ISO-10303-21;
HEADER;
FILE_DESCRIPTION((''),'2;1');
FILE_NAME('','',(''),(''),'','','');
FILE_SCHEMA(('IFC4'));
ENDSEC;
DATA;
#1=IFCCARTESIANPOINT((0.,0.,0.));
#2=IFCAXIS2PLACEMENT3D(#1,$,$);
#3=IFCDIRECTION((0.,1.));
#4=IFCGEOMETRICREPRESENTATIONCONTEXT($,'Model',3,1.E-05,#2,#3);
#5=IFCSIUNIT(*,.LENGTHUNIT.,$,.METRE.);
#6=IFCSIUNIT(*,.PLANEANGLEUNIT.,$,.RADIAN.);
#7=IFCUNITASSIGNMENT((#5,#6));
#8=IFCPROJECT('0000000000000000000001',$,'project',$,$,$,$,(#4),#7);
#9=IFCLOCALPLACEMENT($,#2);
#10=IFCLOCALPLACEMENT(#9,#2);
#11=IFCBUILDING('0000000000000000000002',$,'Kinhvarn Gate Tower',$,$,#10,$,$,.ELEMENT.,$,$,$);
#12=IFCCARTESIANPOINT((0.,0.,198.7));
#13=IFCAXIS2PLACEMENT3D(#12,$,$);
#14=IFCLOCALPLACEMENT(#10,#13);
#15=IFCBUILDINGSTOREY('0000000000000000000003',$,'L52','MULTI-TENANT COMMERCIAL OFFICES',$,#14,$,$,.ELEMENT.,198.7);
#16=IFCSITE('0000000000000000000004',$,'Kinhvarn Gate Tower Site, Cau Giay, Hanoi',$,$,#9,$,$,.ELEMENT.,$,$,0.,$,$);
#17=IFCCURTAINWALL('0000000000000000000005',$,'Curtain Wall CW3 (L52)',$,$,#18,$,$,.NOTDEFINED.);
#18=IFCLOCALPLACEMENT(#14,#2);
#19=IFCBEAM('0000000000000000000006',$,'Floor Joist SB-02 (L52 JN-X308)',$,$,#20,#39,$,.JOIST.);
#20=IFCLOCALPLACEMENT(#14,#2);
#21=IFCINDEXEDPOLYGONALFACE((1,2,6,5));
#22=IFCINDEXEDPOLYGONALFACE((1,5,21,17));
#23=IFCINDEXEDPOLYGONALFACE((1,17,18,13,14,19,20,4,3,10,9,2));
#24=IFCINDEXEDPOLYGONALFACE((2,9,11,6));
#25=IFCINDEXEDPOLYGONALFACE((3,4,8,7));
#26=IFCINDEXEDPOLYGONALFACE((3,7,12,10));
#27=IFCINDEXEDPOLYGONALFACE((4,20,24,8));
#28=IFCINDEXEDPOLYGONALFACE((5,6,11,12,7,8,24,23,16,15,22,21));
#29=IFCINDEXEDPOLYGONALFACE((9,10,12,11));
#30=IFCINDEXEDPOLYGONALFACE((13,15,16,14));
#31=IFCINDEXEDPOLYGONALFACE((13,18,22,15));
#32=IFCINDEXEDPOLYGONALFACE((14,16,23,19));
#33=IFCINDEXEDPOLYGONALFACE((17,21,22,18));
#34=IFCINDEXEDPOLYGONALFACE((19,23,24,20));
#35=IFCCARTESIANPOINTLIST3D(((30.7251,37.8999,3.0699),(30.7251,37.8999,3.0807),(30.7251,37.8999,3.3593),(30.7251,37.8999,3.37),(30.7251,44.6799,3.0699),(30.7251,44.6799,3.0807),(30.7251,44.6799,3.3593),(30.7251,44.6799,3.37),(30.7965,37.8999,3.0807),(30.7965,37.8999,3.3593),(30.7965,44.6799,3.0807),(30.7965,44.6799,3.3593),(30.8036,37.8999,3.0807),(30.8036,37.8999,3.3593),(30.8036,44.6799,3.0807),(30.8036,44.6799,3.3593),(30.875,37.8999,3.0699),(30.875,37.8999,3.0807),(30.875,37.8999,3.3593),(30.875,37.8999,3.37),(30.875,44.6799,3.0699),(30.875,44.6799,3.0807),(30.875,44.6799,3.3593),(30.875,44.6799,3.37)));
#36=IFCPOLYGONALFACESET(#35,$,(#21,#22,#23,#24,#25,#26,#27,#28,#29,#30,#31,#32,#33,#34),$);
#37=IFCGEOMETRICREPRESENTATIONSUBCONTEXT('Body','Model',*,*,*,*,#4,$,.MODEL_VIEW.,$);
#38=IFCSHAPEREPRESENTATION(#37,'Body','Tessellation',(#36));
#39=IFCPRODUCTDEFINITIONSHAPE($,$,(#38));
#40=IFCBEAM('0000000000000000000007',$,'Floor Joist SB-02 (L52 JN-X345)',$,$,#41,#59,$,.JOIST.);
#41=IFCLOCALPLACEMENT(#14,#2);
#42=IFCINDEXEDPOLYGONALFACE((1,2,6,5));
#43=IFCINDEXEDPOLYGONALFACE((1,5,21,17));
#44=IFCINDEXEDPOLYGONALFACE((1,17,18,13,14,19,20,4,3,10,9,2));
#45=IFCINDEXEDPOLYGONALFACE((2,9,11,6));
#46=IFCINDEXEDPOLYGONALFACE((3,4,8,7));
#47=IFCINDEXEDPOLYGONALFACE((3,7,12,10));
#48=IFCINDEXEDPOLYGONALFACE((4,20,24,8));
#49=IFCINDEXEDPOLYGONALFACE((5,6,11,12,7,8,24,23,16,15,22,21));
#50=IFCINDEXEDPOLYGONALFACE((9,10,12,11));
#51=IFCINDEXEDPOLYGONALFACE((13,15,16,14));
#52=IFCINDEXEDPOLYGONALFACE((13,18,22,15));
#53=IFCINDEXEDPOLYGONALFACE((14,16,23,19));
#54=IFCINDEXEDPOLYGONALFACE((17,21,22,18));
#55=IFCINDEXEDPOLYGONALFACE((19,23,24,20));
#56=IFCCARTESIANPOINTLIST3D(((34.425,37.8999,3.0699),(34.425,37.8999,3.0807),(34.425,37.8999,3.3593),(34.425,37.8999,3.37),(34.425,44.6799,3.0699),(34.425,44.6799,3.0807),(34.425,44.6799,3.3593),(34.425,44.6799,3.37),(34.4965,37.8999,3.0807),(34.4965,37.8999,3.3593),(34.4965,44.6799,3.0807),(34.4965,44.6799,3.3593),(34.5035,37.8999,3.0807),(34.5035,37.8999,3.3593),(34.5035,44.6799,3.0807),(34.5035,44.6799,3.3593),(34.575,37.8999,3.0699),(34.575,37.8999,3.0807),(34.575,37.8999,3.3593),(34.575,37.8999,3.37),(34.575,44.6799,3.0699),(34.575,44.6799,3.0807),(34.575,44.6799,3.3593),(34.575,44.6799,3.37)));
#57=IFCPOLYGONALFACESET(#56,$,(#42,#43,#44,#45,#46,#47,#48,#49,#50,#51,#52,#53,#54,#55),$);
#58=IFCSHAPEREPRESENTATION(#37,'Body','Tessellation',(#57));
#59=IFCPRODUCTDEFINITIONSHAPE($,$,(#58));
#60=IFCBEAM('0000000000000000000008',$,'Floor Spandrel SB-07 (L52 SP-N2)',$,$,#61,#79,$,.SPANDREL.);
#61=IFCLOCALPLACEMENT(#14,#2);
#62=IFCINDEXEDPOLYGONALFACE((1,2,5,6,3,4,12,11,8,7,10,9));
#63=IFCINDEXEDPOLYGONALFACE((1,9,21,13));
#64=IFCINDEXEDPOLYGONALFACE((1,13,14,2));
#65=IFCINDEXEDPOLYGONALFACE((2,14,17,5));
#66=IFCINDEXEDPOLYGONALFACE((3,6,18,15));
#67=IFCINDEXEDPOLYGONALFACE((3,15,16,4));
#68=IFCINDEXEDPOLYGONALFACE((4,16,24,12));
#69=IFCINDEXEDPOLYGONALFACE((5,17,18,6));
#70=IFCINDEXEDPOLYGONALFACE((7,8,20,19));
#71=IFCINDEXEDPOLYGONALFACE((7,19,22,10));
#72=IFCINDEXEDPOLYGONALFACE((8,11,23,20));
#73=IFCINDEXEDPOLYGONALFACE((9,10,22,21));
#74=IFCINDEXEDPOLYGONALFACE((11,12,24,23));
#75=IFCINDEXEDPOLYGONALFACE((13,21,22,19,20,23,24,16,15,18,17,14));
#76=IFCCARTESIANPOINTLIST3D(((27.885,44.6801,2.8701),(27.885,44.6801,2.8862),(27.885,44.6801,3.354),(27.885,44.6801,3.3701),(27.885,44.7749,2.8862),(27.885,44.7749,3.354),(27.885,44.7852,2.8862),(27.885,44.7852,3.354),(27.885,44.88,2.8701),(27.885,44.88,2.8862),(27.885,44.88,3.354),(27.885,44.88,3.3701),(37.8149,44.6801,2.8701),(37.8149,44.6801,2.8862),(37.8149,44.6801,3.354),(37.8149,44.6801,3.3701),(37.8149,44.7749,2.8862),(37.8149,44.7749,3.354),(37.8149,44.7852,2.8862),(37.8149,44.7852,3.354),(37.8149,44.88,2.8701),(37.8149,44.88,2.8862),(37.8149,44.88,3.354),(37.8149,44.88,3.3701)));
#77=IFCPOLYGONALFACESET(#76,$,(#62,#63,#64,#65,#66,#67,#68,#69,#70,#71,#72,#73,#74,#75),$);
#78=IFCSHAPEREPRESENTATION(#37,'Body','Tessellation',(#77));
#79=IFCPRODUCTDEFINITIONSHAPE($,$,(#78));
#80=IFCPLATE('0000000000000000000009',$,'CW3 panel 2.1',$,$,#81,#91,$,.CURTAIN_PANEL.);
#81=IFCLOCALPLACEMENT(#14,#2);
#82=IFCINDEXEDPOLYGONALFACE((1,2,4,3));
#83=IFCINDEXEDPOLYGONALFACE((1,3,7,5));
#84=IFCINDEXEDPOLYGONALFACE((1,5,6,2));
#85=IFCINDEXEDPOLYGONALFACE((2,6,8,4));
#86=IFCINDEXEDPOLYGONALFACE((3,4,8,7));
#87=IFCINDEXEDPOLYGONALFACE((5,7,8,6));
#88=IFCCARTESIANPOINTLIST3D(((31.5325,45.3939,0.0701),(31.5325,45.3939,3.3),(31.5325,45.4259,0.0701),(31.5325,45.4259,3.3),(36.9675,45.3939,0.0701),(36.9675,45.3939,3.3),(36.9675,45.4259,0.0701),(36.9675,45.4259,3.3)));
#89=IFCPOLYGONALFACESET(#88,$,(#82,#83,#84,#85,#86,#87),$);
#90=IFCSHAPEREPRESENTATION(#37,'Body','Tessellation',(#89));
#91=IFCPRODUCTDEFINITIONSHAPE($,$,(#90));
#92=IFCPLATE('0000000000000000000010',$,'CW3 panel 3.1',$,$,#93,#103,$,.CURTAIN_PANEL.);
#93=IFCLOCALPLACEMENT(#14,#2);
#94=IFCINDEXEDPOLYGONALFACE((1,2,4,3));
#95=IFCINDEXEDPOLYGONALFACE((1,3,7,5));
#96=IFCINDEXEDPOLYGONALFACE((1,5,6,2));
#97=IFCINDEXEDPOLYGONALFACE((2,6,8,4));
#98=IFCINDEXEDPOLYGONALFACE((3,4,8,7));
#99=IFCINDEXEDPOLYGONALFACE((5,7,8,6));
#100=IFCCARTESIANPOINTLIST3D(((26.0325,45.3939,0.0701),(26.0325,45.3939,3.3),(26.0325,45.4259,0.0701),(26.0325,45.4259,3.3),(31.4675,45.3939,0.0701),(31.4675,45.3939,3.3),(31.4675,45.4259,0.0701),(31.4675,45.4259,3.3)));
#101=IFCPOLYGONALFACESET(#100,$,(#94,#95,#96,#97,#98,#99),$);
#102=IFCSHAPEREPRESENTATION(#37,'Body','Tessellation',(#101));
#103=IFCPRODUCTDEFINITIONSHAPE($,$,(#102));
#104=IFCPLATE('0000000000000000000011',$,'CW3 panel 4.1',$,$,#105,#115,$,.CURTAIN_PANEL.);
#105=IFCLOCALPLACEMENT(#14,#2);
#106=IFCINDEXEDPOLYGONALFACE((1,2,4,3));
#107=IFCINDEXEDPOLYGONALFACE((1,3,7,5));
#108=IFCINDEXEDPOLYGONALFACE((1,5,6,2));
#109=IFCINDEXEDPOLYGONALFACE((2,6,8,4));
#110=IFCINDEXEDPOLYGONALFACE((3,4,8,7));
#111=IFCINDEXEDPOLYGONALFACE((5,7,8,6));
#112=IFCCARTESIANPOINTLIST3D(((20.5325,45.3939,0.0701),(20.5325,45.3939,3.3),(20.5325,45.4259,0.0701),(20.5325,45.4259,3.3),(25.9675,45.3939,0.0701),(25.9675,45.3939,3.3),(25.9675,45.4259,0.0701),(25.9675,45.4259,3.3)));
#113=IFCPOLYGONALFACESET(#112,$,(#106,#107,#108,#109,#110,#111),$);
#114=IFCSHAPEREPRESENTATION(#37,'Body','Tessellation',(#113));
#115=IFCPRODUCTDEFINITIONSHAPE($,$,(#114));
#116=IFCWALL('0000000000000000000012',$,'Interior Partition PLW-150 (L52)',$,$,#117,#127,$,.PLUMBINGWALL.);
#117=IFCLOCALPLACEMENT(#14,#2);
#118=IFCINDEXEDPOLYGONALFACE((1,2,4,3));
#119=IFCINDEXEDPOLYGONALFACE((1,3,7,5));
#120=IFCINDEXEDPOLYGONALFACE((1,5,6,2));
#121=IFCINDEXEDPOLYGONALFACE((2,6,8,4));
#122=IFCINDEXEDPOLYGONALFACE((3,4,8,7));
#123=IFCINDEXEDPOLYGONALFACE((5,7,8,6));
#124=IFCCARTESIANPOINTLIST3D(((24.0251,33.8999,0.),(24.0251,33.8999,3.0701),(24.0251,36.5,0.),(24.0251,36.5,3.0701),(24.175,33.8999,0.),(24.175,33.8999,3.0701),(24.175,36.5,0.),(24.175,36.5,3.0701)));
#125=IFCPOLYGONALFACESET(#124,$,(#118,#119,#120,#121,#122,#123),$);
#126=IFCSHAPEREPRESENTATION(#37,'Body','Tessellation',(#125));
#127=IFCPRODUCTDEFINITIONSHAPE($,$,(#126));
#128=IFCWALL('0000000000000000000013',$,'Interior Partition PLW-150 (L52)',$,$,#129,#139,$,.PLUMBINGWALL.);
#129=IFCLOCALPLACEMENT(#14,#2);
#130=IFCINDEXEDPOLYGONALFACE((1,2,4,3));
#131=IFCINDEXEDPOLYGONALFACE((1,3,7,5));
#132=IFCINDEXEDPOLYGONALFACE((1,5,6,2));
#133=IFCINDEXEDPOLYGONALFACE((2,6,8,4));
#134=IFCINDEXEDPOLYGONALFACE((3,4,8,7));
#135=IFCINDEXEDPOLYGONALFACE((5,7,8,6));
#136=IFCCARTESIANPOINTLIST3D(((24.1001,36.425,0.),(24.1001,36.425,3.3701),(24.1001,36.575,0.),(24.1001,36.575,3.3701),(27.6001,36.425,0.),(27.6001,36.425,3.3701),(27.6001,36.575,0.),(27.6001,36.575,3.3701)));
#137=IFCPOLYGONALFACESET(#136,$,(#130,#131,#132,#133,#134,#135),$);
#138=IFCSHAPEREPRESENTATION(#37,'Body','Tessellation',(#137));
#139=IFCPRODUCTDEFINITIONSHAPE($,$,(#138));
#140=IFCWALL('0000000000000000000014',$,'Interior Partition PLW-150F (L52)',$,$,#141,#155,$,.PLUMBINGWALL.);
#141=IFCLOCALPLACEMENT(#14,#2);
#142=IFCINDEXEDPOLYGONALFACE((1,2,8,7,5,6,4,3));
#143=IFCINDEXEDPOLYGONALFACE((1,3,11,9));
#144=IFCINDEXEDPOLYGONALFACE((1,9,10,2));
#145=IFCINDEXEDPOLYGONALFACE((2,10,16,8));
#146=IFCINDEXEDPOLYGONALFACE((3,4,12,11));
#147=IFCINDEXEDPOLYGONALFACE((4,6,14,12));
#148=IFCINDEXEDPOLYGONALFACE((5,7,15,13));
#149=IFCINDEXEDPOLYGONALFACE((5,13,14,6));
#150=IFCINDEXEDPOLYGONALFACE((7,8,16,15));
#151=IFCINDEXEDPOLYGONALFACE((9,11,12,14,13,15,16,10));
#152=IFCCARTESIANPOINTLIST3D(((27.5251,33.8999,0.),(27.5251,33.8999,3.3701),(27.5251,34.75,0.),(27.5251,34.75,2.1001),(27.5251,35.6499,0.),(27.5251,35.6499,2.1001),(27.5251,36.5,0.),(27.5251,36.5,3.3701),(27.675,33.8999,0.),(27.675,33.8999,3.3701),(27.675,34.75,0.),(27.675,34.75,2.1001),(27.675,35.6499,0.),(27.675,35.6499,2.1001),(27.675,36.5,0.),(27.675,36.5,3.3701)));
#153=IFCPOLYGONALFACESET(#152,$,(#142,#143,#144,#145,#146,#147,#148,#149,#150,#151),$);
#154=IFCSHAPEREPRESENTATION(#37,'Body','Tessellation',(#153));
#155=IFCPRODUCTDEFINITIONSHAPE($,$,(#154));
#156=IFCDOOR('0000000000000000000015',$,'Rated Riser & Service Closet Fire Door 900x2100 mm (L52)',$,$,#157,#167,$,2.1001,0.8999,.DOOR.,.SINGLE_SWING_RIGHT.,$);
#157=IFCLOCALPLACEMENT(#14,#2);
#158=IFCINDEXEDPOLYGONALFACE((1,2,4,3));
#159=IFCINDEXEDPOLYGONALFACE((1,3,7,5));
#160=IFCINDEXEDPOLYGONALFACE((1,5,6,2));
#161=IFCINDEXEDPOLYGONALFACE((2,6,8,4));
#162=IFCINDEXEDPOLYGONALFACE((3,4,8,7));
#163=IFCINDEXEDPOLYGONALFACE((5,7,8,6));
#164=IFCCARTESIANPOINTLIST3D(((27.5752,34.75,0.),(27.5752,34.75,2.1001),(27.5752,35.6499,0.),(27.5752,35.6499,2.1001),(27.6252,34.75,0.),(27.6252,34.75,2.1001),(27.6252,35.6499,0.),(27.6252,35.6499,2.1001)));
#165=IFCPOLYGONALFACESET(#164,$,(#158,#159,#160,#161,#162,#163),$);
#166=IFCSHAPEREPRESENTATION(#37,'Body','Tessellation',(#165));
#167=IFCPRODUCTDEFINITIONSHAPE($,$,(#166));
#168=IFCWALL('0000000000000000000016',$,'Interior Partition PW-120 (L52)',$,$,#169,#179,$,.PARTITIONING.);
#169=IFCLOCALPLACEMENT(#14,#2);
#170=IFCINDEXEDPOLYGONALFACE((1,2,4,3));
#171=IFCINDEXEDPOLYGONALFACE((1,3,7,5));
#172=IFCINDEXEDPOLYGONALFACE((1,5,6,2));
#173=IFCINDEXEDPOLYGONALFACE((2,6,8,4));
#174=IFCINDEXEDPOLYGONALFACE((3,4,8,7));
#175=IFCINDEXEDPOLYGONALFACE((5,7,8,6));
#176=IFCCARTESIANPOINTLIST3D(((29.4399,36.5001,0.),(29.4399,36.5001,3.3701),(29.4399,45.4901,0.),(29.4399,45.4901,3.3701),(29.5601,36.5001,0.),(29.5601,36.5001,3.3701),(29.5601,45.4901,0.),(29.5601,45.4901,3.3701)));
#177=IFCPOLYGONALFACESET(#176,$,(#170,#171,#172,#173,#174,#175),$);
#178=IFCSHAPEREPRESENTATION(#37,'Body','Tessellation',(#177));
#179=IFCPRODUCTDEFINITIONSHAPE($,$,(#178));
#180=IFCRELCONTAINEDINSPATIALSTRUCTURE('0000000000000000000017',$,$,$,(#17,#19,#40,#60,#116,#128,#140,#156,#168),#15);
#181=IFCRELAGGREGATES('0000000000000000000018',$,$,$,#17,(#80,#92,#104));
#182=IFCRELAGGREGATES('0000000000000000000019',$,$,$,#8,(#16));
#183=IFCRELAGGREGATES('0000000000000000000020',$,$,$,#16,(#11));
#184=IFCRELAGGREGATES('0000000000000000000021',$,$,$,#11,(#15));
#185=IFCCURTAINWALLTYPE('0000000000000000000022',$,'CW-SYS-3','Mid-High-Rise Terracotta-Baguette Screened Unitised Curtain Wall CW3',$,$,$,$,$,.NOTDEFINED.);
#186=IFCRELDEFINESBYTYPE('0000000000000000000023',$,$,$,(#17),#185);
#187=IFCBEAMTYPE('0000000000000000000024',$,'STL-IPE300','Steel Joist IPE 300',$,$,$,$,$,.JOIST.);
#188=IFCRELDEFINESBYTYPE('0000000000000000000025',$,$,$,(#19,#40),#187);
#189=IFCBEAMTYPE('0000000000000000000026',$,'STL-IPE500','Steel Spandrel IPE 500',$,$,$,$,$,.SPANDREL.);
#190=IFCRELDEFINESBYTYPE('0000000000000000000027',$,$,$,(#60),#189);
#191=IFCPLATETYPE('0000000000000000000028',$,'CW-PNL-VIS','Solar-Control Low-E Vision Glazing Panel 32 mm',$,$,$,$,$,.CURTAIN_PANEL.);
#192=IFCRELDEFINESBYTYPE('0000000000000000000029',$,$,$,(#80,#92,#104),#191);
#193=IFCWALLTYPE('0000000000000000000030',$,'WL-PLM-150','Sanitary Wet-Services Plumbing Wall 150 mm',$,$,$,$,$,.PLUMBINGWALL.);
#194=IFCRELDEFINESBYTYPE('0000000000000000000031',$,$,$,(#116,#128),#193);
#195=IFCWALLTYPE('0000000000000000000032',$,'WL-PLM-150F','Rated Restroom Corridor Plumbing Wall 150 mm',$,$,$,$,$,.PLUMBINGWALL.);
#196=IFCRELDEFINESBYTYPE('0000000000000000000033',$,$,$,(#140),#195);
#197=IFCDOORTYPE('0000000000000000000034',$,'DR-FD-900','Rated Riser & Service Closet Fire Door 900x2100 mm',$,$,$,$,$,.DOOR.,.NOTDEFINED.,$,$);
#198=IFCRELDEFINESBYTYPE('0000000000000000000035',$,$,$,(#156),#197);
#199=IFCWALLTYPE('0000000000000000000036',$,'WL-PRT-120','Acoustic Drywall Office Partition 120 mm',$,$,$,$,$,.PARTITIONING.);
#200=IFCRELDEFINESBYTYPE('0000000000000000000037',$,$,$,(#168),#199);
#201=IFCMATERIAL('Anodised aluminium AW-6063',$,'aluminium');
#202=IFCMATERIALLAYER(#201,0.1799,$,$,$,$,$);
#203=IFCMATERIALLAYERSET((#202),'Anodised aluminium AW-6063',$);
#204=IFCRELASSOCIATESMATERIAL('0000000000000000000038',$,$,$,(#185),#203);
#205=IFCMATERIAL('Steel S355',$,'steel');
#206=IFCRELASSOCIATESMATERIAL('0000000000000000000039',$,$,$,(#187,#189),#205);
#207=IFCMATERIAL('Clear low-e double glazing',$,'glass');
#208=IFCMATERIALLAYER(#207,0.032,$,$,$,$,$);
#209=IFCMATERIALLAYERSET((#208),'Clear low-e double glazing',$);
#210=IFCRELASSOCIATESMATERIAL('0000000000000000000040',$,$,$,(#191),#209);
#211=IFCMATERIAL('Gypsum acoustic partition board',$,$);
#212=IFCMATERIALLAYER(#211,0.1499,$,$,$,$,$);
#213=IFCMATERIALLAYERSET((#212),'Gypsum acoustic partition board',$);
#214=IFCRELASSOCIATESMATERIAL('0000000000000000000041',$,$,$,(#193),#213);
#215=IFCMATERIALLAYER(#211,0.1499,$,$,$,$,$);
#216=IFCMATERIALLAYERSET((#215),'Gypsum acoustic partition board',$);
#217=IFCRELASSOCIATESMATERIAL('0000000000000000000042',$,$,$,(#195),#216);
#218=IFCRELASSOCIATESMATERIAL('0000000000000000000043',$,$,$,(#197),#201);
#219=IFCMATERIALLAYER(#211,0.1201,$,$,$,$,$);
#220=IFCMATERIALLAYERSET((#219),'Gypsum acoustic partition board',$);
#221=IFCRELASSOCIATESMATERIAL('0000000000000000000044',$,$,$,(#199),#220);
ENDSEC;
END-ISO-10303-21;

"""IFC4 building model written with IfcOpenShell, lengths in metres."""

from ifc_helpers import new_model, si_unit, direction, frame, frame_2d, origin, origin_2d, place, context, subcontext, project, spatial, rectangle, i_section, extrude, material, layer, layer_set, material_profile, profile_set, type_object, element, fill, aggregate, save


model = new_model("IFC4")

# Units and contexts
model_context = context("Model", 3, precision=1e-05, world=origin(), true_north=direction((0.0, 1.0)))
body_context = subcontext(model_context, "Body", "Model", "MODEL_VIEW")
ifc_project = project(units=[si_unit("LENGTHUNIT", "METRE"), si_unit("PLANEANGLEUNIT", "RADIAN")], contexts=[model_context])

# Site, building, storey
site_placement = place(None, origin())
site = spatial("IfcSite", under=ifc_project, at=site_placement, Name="Kinhvarn Gate Tower Site, Cau Giay, Hanoi", CompositionType="ELEMENT", RefElevation=0.0)
building_placement = place(site_placement, origin())
building = spatial("IfcBuilding", under=site, at=building_placement, Name="Kinhvarn Gate Tower", CompositionType="ELEMENT")
storey_placement = place(building_placement, frame((0.0, 0.0, 198.7)))
storey = spatial("IfcBuildingStorey", under=building, at=storey_placement, Name="L52", Description="MULTI-TENANT COMMERCIAL OFFICES", CompositionType="ELEMENT", Elevation=198.7)

# Curtain wall
ifc_material_1 = material(Name="Anodised aluminium AW-6063", Category="aluminium")
ifc_layer_1 = layer(ifc_material_1, 0.1799)
ifc_layer_set_1 = layer_set([ifc_layer_1], Name="Anodised aluminium AW-6063")
curtain_wall_type = type_object("IfcCurtainWallType", Name="CW-SYS-3", Description="Mid-High-Rise Terracotta-Baguette Screened Unitised Curtain Wall CW3", PredefinedType="NOTDEFINED", material=ifc_layer_set_1)
curtain_wall_placement = place(storey_placement, origin())
curtain_wall = element("IfcCurtainWall", 1, at=curtain_wall_placement, inside=storey, type_object=curtain_wall_type, Name="Curtain Wall CW3 (L52)", PredefinedType="NOTDEFINED")

# Beams
ifc_material_2 = material(Name="Steel S355", Category="steel")
ifc_material_profile_1 = material_profile(ifc_material_2, i_section(OverallWidth=0.1499, OverallDepth=0.3, WebThickness=0.0071, FlangeThickness=0.0107, at=origin_2d()), Name="IPE 300")
ifc_profile_set_1 = profile_set([ifc_material_profile_1], Name="Steel S355")
beam_type_1 = type_object("IfcBeamType", Name="STL-IPE300", Description="Steel Joist IPE 300", PredefinedType="JOIST", material=ifc_profile_set_1)
for number, where, z_axis, x_axis, name in (
    (2, (30.8, 37.8999, 3.22), (0.0, 1.0, 0.0), (-1.0, 0.0, 0.0), "Floor Joist SB-02 (L52 JN-X308)"),
    (3, (34.5, 37.8999, 3.22), (0.0, 1.0, 0.0), (-1.0, 0.0, 0.0), "Floor Joist SB-02 (L52 JN-X345)"),
):
    element("IfcBeam", number, at=place(storey_placement, frame(where, z_axis=z_axis, x_axis=x_axis)), inside=storey, type_object=beam_type_1, Name=name, PredefinedType="JOIST", context=body_context, shape_type="SweptSolid", body=[
        extrude(i_section(OverallWidth=0.1499, OverallDepth=0.3, WebThickness=0.0071, FlangeThickness=0.0107, at=origin_2d()), origin(), (0.0, 0.0, 1.0), 6.78),
    ])
ifc_material_profile_2 = material_profile(ifc_material_2, i_section(OverallWidth=0.2, OverallDepth=0.5, WebThickness=0.0103, FlangeThickness=0.0161, at=origin_2d()), Name="IPE 500")
ifc_profile_set_2 = profile_set([ifc_material_profile_2], Name="Steel S355")
beam_type_2 = type_object("IfcBeamType", Name="STL-IPE500", Description="Steel Spandrel IPE 500", PredefinedType="SPANDREL", material=ifc_profile_set_2)
beam_1_placement = place(storey_placement, frame((27.885, 44.78, 3.1201), z_axis=(1.0, 0.0, 0.0), x_axis=(0.0, 1.0, 0.0)))
element("IfcBeam", 4, at=beam_1_placement, inside=storey, type_object=beam_type_2, Name="Floor Spandrel SB-07 (L52 SP-N2)", PredefinedType="SPANDREL", context=body_context, shape_type="SweptSolid", body=[
    extrude(i_section(OverallWidth=0.2, OverallDepth=0.5, WebThickness=0.0103, FlangeThickness=0.0161, at=origin_2d()), origin(), (0.0, 0.0, 1.0), 9.9299),
])

# Plates
ifc_material_3 = material(Name="Clear low-e double glazing", Category="glass")
ifc_layer_2 = layer(ifc_material_3, 0.032)
ifc_layer_set_2 = layer_set([ifc_layer_2], Name="Clear low-e double glazing")
plate_type = type_object("IfcPlateType", Name="CW-PNL-VIS", Description="Solar-Control Low-E Vision Glazing Panel 32 mm", PredefinedType="CURTAIN_PANEL", material=ifc_layer_set_2)
plate_1_placement = place(storey_placement, frame((34.25, 45.4099, 0.0701), z_axis=(0.0, 0.0, 1.0), x_axis=(-1.0, 0.0, 0.0)))
plate_1 = element("IfcPlate", 5, at=plate_1_placement, type_object=plate_type, Name="CW3 panel 2.1", PredefinedType="CURTAIN_PANEL", context=body_context, shape_type="SweptSolid", body=[
    extrude(rectangle(XDim=5.4351, YDim=0.032, at=origin_2d()), origin(), (0.0, 0.0, 1.0), 3.23),
])
plate_2_placement = place(storey_placement, frame((28.75, 45.4099, 0.0701), z_axis=(0.0, 0.0, 1.0), x_axis=(-1.0, 0.0, 0.0)))
plate_2 = element("IfcPlate", 6, at=plate_2_placement, type_object=plate_type, Name="CW3 panel 3.1", PredefinedType="CURTAIN_PANEL", context=body_context, shape_type="SweptSolid", body=[
    extrude(rectangle(XDim=5.4351, YDim=0.032, at=origin_2d()), origin(), (0.0, 0.0, 1.0), 3.23),
])
plate_3_placement = place(storey_placement, frame((23.25, 45.4099, 0.0701), z_axis=(0.0, 0.0, 1.0), x_axis=(-1.0, 0.0, 0.0)))
plate_3 = element("IfcPlate", 7, at=plate_3_placement, type_object=plate_type, Name="CW3 panel 4.1", PredefinedType="CURTAIN_PANEL", context=body_context, shape_type="SweptSolid", body=[
    extrude(rectangle(XDim=5.4351, YDim=0.032, at=origin_2d()), origin(), (0.0, 0.0, 1.0), 3.23),
])
aggregate(curtain_wall, [plate_1, plate_2, plate_3])

# Walls
ifc_material_4 = material(Name="Gypsum acoustic partition board")
ifc_layer_3 = layer(ifc_material_4, 0.1499)
ifc_layer_set_3 = layer_set([ifc_layer_3], Name="Gypsum acoustic partition board")
wall_type_1 = type_object("IfcWallType", Name="WL-PLM-150", Description="Sanitary Wet-Services Plumbing Wall 150 mm", PredefinedType="PLUMBINGWALL", material=ifc_layer_set_3)
wall_1_placement = place(storey_placement, frame((24.1001, 33.8999, 0.0), z_axis=(0.0, 0.0, 1.0), x_axis=(0.0, 1.0, 0.0)))
element("IfcWall", 8, at=wall_1_placement, inside=storey, type_object=wall_type_1, Name="Interior Partition PLW-150 (L52)", PredefinedType="PLUMBINGWALL", context=body_context, shape_type="SweptSolid", body=[
    extrude(rectangle(XDim=2.6001, YDim=0.1499, at=frame_2d((1.3, 0.0))), origin(), (0.0, 0.0, 1.0), 3.0701),
])
wall_2_placement = place(storey_placement, frame((24.1001, 36.5, 0.0), z_axis=(0.0, 0.0, 1.0), x_axis=(1.0, 0.0, 0.0)))
element("IfcWall", 9, at=wall_2_placement, inside=storey, type_object=wall_type_1, Name="Interior Partition PLW-150 (L52)", PredefinedType="PLUMBINGWALL", context=body_context, shape_type="SweptSolid", body=[
    extrude(rectangle(XDim=3.5, YDim=0.1499, at=frame_2d((1.75, 0.0))), origin(), (0.0, 0.0, 1.0), 3.3701),
])

# Wall, opening, door
ifc_layer_4 = layer(ifc_material_4, 0.1499)
ifc_layer_set_4 = layer_set([ifc_layer_4], Name="Gypsum acoustic partition board")
wall_type_2 = type_object("IfcWallType", Name="WL-PLM-150F", Description="Rated Restroom Corridor Plumbing Wall 150 mm", PredefinedType="PLUMBINGWALL", material=ifc_layer_set_4)
wall_3_placement = place(storey_placement, frame((27.6001, 33.8999, 0.0), z_axis=(0.0, 0.0, 1.0), x_axis=(0.0, 1.0, 0.0)))
wall_3 = element("IfcWall", 10, at=wall_3_placement, inside=storey, type_object=wall_type_2, Name="Interior Partition PLW-150F (L52)", PredefinedType="PLUMBINGWALL", context=body_context, shape_type="SweptSolid", body=[
    extrude(rectangle(XDim=2.6001, YDim=0.1499, at=frame_2d((1.3, 0.0))), origin(), (0.0, 0.0, 1.0), 3.3701),
])
opening_placement = place(wall_3_placement, frame((0.8501, 0.0, 0.0)))
opening = element("IfcOpeningElement", 11, at=opening_placement, cuts=wall_3, PredefinedType="OPENING", context=body_context, shape_type="SweptSolid", body=[
    extrude(rectangle(XDim=0.8999, YDim=2.1001, at=frame_2d((0.45, 1.05))), frame((0.0, 0.085, 0.0), z_axis=(0.0, -1.0, 0.0), x_axis=(1.0, 0.0, 0.0)), (0.0, 0.0, 1.0), 0.1699),
])
door_type = type_object("IfcDoorType", Name="DR-FD-900", Description="Rated Riser & Service Closet Fire Door 900x2100 mm", OperationType="NOTDEFINED", PredefinedType="DOOR", material=ifc_material_1)
door_placement = place(opening_placement, origin())
door = element("IfcDoor", 12, at=door_placement, inside=storey, type_object=door_type, Name="Rated Riser & Service Closet Fire Door 900x2100 mm (L52)", OperationType="SINGLE_SWING_RIGHT", OverallHeight=2.1001, OverallWidth=0.8999, PredefinedType="DOOR", context=body_context, shape_type="SweptSolid", body=[
    extrude(rectangle(XDim=0.8999, YDim=2.1001, at=frame_2d((0.45, 1.05))), frame((0.0, 0.0249, 0.0), z_axis=(0.0, -1.0, 0.0), x_axis=(1.0, 0.0, 0.0)), (0.0, 0.0, 1.0), 0.05),
])
fill(opening, door)

# Wall
ifc_layer_5 = layer(ifc_material_4, 0.1201)
ifc_layer_set_5 = layer_set([ifc_layer_5], Name="Gypsum acoustic partition board")
wall_type_3 = type_object("IfcWallType", Name="WL-PRT-120", Description="Acoustic Drywall Office Partition 120 mm", PredefinedType="PARTITIONING", material=ifc_layer_set_5)
wall_4_placement = place(storey_placement, frame((29.5, 36.5, 0.0), z_axis=(0.0, 0.0, 1.0), x_axis=(0.0, 1.0, 0.0)))
element("IfcWall", 13, at=wall_4_placement, inside=storey, type_object=wall_type_3, Name="Interior Partition PW-120 (L52)", PredefinedType="PARTITIONING", context=body_context, shape_type="SweptSolid", body=[
    extrude(rectangle(XDim=8.99, YDim=0.1201, at=frame_2d((4.4951, 0.0))), origin(), (0.0, 0.0, 1.0), 3.3701),
])

save(model, "model.ifc")
